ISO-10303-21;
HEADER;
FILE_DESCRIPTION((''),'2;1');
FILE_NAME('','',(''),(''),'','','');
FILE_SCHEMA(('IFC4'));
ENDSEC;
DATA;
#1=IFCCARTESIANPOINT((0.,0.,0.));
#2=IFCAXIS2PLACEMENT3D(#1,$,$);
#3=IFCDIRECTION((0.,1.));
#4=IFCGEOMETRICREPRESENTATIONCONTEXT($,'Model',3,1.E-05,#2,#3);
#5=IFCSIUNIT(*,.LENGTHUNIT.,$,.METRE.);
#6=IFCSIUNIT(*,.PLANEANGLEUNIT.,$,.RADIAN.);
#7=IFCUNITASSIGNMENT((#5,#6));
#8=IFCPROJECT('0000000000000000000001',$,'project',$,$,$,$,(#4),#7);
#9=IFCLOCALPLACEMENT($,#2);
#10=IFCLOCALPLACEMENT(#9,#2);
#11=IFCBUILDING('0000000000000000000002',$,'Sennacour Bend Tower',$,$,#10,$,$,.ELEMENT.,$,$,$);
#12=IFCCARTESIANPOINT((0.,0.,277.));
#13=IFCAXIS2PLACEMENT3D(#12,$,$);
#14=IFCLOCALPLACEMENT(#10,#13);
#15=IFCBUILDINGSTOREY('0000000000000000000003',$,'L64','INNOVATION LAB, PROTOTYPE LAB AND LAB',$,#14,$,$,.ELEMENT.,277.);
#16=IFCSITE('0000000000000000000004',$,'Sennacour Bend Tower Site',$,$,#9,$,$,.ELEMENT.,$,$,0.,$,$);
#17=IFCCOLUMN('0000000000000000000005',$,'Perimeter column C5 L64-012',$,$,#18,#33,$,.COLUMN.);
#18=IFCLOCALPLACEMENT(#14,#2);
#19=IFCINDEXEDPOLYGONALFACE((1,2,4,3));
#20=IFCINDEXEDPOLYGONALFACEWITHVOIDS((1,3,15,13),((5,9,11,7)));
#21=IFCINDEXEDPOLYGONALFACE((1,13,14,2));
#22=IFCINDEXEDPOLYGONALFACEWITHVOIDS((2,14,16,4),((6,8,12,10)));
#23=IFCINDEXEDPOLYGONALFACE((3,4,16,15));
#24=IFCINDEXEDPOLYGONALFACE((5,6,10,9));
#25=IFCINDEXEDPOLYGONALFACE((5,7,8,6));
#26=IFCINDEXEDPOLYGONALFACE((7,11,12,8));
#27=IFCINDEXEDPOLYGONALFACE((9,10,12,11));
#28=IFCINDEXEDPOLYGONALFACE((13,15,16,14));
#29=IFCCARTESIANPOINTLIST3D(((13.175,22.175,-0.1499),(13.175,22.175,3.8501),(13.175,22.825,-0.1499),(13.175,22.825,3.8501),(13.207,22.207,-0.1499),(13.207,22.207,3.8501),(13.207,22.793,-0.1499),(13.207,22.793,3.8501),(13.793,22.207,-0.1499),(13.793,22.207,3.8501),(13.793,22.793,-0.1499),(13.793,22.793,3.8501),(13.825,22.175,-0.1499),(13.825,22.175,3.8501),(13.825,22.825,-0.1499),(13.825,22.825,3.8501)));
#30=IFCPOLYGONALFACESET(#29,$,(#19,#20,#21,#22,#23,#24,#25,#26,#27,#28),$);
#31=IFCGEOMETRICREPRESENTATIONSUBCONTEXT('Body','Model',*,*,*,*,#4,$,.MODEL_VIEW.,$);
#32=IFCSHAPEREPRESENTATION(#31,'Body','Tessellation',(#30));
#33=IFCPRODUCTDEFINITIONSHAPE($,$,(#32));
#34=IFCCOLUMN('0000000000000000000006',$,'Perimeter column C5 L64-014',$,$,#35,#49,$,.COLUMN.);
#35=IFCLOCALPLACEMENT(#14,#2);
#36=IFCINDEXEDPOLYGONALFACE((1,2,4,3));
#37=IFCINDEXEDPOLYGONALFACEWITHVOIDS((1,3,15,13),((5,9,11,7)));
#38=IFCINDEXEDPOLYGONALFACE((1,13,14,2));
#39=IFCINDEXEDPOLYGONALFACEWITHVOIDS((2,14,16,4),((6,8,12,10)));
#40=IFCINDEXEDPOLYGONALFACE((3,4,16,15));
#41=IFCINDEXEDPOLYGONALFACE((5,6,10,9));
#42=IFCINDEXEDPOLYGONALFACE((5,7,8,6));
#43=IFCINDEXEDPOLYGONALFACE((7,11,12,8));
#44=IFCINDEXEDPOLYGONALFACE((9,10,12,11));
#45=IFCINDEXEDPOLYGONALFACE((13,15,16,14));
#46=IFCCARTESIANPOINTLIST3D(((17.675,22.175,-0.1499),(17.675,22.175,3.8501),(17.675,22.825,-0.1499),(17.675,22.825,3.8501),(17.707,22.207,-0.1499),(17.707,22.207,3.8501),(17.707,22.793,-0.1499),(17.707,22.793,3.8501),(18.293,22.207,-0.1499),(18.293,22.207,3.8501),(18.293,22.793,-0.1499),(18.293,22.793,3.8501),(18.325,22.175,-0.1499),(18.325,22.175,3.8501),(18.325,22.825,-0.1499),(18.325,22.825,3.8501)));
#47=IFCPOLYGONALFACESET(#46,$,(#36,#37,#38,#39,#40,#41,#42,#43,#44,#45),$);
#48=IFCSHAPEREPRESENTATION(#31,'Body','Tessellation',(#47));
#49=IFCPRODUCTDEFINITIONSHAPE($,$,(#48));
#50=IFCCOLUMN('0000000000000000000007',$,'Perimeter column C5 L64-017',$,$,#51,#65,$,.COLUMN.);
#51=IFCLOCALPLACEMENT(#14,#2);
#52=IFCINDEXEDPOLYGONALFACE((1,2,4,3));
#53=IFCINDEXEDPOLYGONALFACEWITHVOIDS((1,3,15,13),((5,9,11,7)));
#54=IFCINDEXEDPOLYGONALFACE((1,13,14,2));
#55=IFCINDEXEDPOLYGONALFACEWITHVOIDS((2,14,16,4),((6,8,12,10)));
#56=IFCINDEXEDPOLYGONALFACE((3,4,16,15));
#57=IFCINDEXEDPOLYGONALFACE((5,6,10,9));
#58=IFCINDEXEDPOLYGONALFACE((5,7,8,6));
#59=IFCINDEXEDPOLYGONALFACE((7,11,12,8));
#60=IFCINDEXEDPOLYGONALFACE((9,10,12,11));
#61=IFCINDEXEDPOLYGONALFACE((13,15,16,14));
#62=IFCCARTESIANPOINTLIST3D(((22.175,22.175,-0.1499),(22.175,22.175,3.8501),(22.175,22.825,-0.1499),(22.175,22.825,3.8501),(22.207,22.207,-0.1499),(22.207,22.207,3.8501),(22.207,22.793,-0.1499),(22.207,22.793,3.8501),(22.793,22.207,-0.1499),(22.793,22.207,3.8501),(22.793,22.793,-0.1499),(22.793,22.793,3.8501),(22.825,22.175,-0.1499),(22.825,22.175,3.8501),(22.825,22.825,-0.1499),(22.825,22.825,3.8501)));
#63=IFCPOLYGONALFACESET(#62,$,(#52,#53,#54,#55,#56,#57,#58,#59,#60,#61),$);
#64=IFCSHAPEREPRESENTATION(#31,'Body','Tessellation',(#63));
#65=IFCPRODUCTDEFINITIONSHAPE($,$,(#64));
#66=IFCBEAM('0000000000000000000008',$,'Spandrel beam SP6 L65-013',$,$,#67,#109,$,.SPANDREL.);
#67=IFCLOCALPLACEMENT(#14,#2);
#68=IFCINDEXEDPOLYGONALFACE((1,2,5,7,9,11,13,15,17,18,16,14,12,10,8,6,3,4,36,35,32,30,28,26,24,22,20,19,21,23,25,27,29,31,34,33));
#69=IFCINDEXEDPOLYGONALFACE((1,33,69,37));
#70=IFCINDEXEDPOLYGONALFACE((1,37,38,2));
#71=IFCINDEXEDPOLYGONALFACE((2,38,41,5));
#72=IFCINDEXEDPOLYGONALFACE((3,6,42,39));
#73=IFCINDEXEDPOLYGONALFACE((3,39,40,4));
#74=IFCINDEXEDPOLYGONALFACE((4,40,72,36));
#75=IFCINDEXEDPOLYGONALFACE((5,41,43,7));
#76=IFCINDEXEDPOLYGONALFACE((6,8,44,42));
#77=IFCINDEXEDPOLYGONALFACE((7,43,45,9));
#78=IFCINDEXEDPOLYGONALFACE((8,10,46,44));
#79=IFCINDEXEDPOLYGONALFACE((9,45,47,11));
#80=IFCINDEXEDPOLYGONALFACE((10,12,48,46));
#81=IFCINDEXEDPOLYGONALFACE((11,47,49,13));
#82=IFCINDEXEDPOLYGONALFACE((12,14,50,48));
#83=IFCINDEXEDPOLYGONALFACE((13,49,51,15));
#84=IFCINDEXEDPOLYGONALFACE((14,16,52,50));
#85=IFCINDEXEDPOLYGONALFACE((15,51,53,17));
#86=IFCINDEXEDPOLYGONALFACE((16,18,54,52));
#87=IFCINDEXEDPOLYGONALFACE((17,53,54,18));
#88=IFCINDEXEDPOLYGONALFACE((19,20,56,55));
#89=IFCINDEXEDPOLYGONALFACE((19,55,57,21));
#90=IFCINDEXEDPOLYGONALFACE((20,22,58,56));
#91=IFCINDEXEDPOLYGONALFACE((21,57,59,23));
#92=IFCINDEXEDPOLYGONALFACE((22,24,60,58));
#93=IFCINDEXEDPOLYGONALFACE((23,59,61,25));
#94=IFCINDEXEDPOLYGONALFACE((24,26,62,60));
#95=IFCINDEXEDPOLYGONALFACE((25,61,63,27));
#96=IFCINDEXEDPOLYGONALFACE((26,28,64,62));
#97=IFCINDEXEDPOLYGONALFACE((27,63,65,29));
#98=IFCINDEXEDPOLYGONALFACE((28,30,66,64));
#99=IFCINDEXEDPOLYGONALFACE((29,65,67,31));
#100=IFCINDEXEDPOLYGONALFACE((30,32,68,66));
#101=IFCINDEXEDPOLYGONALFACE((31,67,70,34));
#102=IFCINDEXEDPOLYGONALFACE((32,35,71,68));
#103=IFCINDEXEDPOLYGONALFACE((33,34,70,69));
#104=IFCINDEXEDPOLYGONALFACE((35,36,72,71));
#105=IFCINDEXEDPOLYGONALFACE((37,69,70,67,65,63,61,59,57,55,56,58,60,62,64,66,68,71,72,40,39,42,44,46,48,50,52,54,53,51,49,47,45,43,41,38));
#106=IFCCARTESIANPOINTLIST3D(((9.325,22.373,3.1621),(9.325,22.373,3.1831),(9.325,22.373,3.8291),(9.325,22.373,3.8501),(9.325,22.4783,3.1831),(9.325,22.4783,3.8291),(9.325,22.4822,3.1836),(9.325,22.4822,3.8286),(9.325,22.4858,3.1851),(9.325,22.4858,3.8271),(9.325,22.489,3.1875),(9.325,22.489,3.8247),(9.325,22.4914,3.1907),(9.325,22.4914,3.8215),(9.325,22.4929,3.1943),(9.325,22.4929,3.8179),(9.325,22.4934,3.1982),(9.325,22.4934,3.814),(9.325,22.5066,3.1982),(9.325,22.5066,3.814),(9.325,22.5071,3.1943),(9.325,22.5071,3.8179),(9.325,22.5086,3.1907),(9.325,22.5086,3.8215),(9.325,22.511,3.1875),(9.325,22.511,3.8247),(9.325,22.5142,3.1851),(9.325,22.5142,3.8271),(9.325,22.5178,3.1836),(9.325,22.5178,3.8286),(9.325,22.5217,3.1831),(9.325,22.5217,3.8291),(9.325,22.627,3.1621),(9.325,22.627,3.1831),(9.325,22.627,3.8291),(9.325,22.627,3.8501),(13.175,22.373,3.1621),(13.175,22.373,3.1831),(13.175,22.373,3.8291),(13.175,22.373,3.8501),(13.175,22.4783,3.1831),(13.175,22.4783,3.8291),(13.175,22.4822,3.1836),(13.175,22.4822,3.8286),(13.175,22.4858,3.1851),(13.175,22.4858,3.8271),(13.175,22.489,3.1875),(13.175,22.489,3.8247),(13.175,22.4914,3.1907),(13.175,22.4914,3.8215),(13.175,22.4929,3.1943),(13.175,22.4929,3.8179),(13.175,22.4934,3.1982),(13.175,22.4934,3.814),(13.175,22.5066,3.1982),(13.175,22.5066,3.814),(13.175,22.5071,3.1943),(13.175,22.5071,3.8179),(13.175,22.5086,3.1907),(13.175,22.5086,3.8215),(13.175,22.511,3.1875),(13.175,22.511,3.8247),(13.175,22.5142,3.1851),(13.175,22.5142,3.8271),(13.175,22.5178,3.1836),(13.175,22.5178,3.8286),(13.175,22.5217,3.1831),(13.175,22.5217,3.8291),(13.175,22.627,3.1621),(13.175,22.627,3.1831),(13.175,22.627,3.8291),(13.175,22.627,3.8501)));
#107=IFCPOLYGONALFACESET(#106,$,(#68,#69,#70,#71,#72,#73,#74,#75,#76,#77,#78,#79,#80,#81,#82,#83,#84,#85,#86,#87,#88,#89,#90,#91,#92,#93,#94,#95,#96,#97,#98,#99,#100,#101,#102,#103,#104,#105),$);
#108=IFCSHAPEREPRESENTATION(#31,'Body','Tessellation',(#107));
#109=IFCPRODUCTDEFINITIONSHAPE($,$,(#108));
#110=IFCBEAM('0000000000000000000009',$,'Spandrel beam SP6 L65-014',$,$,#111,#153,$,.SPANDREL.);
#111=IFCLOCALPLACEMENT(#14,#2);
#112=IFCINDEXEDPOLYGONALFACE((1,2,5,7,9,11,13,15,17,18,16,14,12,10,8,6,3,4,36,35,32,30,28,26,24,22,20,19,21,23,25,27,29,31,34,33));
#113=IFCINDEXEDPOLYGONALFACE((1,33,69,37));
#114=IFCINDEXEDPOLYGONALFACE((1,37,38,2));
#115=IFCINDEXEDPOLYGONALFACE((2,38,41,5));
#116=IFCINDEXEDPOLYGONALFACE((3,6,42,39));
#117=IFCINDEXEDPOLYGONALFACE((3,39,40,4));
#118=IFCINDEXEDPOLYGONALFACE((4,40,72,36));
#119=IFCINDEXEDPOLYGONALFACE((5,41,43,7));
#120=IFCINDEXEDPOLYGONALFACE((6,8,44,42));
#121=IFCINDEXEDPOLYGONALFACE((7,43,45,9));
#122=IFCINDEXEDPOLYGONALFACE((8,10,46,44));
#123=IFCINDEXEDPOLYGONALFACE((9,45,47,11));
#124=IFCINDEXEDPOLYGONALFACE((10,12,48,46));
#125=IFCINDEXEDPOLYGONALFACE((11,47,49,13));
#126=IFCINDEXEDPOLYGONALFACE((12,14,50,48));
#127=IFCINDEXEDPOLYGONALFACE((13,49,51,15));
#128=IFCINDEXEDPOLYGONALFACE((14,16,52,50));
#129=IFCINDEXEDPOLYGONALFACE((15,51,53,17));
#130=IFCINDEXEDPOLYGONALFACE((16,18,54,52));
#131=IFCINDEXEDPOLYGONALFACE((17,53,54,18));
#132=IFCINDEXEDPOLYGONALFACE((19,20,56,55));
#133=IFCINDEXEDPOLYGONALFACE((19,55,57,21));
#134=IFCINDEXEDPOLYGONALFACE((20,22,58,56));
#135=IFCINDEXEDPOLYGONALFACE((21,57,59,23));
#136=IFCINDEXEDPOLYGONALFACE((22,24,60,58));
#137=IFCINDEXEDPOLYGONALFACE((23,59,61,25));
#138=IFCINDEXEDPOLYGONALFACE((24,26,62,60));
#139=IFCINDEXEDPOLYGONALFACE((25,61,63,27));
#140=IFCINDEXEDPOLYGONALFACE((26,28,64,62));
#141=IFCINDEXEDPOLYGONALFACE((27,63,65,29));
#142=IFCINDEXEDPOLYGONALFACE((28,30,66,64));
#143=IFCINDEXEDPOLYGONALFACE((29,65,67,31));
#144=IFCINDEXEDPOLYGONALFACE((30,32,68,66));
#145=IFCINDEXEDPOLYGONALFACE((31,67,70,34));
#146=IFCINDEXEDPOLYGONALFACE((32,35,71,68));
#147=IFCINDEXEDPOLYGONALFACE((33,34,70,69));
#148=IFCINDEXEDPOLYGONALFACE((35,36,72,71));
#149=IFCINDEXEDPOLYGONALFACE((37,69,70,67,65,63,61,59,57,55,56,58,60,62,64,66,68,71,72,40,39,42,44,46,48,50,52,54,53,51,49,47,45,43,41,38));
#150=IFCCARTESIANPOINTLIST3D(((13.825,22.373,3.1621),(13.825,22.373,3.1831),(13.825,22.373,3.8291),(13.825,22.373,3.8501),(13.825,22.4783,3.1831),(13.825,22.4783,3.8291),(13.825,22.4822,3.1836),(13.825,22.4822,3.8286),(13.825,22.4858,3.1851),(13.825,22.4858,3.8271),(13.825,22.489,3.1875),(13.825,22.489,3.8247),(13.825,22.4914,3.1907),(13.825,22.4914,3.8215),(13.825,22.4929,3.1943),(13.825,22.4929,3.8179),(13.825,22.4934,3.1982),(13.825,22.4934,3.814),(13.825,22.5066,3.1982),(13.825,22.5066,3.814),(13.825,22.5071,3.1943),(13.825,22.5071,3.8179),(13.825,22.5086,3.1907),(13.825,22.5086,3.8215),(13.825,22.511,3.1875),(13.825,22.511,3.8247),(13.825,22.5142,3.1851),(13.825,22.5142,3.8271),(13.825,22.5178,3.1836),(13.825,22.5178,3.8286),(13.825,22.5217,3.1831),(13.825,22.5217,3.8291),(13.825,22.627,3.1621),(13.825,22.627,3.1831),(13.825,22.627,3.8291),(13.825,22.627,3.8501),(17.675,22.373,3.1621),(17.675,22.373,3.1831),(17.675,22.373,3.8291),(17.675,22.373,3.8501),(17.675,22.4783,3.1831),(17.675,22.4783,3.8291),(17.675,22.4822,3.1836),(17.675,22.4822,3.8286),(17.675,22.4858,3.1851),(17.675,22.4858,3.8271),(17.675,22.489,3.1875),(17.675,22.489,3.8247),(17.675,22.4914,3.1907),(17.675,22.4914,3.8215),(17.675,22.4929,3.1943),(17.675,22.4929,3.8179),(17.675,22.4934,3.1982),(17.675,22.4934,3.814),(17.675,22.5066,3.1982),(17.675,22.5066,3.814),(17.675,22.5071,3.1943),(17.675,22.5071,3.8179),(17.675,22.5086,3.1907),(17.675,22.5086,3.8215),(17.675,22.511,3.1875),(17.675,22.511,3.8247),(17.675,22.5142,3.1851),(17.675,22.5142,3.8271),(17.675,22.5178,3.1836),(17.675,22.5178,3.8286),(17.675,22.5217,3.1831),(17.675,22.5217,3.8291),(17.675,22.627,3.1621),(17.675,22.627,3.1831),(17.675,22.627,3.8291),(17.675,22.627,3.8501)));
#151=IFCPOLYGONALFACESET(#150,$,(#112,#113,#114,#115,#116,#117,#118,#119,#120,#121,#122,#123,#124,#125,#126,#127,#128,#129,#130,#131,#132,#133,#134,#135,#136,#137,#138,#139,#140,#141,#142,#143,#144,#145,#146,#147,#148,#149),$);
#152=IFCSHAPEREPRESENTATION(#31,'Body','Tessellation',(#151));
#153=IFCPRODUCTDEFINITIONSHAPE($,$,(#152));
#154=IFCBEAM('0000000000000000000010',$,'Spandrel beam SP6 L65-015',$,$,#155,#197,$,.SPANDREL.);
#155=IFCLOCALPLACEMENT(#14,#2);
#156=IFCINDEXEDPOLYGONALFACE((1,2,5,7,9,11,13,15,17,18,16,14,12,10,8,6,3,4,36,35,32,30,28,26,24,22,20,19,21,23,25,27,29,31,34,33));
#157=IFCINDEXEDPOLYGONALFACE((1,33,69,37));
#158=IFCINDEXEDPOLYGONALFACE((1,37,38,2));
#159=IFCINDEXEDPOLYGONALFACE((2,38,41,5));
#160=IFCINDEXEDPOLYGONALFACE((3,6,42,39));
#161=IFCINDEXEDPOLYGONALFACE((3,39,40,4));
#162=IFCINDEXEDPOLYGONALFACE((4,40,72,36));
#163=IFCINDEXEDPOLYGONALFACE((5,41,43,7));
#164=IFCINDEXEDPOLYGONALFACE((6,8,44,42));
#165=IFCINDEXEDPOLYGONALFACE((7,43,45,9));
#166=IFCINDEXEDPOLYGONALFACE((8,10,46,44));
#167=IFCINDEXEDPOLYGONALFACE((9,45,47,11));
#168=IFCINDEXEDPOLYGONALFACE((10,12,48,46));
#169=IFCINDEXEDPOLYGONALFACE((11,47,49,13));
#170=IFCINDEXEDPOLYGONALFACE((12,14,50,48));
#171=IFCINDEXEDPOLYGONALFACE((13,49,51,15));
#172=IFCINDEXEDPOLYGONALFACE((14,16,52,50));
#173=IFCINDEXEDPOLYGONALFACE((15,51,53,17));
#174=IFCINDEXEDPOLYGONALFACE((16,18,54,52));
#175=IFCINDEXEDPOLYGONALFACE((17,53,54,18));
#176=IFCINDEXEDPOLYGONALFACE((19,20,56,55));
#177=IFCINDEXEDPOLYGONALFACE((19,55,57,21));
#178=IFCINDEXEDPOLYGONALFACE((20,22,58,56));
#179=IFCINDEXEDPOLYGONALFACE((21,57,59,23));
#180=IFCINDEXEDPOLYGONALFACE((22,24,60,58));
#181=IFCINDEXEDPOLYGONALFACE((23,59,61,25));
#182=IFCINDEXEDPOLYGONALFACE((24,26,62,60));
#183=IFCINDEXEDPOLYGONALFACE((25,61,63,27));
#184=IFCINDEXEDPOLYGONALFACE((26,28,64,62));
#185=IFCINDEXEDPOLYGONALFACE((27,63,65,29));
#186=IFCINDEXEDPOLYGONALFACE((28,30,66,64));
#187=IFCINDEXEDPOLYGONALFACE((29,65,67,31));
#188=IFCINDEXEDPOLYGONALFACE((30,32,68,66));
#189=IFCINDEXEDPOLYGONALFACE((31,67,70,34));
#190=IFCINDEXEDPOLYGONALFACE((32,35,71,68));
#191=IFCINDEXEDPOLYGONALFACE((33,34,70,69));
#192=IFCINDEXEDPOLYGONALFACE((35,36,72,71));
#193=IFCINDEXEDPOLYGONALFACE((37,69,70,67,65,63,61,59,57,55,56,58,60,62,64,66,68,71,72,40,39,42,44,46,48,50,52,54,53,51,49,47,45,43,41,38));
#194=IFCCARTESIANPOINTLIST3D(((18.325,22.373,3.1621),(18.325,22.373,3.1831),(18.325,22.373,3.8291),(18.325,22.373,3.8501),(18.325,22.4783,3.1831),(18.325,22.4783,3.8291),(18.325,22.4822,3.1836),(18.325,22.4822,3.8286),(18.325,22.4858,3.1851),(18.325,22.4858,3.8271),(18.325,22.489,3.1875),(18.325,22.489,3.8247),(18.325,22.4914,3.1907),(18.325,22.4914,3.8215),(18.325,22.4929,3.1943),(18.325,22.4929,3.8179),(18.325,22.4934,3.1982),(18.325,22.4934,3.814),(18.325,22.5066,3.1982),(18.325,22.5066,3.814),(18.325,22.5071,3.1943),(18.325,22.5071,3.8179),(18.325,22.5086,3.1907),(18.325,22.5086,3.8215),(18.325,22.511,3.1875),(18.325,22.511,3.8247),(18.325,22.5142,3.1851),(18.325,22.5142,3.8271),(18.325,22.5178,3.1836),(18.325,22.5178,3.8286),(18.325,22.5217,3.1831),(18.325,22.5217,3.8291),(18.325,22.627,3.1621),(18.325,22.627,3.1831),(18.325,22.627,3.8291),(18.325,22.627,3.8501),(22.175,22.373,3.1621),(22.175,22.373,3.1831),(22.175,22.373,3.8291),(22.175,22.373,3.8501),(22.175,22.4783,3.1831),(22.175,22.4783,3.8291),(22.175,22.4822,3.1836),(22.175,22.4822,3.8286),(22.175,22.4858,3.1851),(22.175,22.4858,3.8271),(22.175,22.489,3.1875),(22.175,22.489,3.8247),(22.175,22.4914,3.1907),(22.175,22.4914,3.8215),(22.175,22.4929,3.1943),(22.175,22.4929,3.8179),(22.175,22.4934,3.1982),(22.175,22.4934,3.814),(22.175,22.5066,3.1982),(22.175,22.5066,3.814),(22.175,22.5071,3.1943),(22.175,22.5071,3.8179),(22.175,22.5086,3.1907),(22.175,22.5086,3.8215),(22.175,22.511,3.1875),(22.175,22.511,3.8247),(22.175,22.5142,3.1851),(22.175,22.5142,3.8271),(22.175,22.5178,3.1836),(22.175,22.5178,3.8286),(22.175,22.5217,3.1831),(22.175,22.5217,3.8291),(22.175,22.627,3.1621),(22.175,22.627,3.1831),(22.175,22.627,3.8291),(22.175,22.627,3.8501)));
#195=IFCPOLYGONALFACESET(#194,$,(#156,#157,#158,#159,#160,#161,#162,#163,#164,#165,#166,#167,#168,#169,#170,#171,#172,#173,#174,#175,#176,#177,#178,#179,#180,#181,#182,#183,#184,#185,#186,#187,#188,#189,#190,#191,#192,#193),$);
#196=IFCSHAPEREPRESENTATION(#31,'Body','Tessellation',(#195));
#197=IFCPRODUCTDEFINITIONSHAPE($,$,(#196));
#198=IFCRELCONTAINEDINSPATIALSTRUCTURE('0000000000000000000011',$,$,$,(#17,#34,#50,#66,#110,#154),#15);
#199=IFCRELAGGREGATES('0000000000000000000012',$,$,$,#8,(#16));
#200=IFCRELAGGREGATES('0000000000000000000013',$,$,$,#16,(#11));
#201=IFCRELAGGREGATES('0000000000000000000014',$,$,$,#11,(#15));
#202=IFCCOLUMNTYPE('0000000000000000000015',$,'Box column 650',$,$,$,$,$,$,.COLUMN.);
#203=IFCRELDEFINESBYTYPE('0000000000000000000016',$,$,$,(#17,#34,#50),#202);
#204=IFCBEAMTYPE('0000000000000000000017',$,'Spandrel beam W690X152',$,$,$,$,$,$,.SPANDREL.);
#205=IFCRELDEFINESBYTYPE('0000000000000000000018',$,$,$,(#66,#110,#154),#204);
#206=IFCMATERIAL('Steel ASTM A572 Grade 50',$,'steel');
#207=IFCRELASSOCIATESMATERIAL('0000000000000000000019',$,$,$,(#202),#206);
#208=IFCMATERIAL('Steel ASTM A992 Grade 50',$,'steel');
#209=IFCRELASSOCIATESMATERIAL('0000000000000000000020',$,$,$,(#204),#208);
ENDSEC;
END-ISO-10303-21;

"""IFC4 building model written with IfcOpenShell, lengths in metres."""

from ifc_helpers import new_model, si_unit, direction, frame, origin, origin_2d, place, context, subcontext, project, spatial, hollow_rectangle, i_section, extrude, material, material_profile, profile_set, type_object, element, save


model = new_model("IFC4")

# Units and contexts
model_context = context("Model", 3, precision=1e-05, world=origin(), true_north=direction((0.0, 1.0)))
body_context = subcontext(model_context, "Body", "Model", "MODEL_VIEW")
ifc_project = project(units=[si_unit("LENGTHUNIT", "METRE"), si_unit("PLANEANGLEUNIT", "RADIAN")], contexts=[model_context])

# Site, building, storey
site_placement = place(None, origin())
site = spatial("IfcSite", under=ifc_project, at=site_placement, Name="Sennacour Bend Tower Site", CompositionType="ELEMENT", RefElevation=0.0)
building_placement = place(site_placement, origin())
building = spatial("IfcBuilding", under=site, at=building_placement, Name="Sennacour Bend Tower", CompositionType="ELEMENT")
storey_placement = place(building_placement, frame((0.0, 0.0, 277.0)))
storey = spatial("IfcBuildingStorey", under=building, at=storey_placement, Name="L64", Description="INNOVATION LAB, PROTOTYPE LAB AND LAB", CompositionType="ELEMENT", Elevation=277.0)

# Columns
ifc_material_1 = material(Name="Steel ASTM A572 Grade 50", Category="steel")
ifc_material_profile_1 = material_profile(ifc_material_1, hollow_rectangle(XDim=0.6499, YDim=0.6499, WallThickness=0.032, at=origin_2d()), Name="Steel ASTM A572 Grade 50", Category="steel")
ifc_profile_set_1 = profile_set([ifc_material_profile_1], Name="Steel ASTM A572 Grade 50")
column_type = type_object("IfcColumnType", Name="Box column 650", PredefinedType="COLUMN", material=ifc_profile_set_1)
for number, where, z_axis, x_axis, name in (
    (1, (13.5, 22.5, -0.1499), (0.0, 0.0, 1.0), (1.0, 0.0, 0.0), "Perimeter column C5 L64-012"),
    (2, (18.0, 22.5, -0.1499), (0.0, 0.0, 1.0), (1.0, 0.0, 0.0), "Perimeter column C5 L64-014"),
    (3, (22.5, 22.5, -0.1499), (0.0, 0.0, 1.0), (1.0, 0.0, 0.0), "Perimeter column C5 L64-017"),
):
    element("IfcColumn", number, at=place(storey_placement, frame(where, z_axis=z_axis, x_axis=x_axis)), inside=storey, type_object=column_type, Name=name, PredefinedType="COLUMN", context=body_context, shape_type="SweptSolid", body=[
        extrude(hollow_rectangle(XDim=0.6499, YDim=0.6499, WallThickness=0.032, at=origin_2d()), origin(), (0.0, 0.0, 1.0), 4.0),
    ])

# Beams
ifc_material_2 = material(Name="Steel ASTM A992 Grade 50", Category="steel")
ifc_material_profile_2 = material_profile(ifc_material_2, i_section(OverallWidth=0.2539, OverallDepth=0.688, WebThickness=0.0132, FlangeThickness=0.021, FilletRadius=0.0151, at=origin_2d()), Name="Steel ASTM A992 Grade 50", Category="steel")
ifc_profile_set_2 = profile_set([ifc_material_profile_2], Name="Steel ASTM A992 Grade 50")
beam_type = type_object("IfcBeamType", Name="Spandrel beam W690X152", PredefinedType="SPANDREL", material=ifc_profile_set_2)
for number, where, z_axis, x_axis, name in (
    (4, (9.325, 22.5, 3.5061), (1.0, 0.0, 0.0), (0.0, 1.0, 0.0), "Spandrel beam SP6 L65-013"),
    (5, (13.825, 22.5, 3.5061), (1.0, 0.0, 0.0), (0.0, 1.0, 0.0), "Spandrel beam SP6 L65-014"),
    (6, (18.325, 22.5, 3.5061), (1.0, 0.0, 0.0), (0.0, 1.0, 0.0), "Spandrel beam SP6 L65-015"),
):
    element("IfcBeam", number, at=place(storey_placement, frame(where, z_axis=z_axis, x_axis=x_axis)), inside=storey, type_object=beam_type, Name=name, PredefinedType="SPANDREL", context=body_context, shape_type="SweptSolid", body=[
        extrude(i_section(OverallWidth=0.2539, OverallDepth=0.688, WebThickness=0.0132, FlangeThickness=0.021, FilletRadius=0.0151, at=origin_2d()), origin(), (0.0, 0.0, 1.0), 3.8501),
    ])

save(model, "model.ifc")
